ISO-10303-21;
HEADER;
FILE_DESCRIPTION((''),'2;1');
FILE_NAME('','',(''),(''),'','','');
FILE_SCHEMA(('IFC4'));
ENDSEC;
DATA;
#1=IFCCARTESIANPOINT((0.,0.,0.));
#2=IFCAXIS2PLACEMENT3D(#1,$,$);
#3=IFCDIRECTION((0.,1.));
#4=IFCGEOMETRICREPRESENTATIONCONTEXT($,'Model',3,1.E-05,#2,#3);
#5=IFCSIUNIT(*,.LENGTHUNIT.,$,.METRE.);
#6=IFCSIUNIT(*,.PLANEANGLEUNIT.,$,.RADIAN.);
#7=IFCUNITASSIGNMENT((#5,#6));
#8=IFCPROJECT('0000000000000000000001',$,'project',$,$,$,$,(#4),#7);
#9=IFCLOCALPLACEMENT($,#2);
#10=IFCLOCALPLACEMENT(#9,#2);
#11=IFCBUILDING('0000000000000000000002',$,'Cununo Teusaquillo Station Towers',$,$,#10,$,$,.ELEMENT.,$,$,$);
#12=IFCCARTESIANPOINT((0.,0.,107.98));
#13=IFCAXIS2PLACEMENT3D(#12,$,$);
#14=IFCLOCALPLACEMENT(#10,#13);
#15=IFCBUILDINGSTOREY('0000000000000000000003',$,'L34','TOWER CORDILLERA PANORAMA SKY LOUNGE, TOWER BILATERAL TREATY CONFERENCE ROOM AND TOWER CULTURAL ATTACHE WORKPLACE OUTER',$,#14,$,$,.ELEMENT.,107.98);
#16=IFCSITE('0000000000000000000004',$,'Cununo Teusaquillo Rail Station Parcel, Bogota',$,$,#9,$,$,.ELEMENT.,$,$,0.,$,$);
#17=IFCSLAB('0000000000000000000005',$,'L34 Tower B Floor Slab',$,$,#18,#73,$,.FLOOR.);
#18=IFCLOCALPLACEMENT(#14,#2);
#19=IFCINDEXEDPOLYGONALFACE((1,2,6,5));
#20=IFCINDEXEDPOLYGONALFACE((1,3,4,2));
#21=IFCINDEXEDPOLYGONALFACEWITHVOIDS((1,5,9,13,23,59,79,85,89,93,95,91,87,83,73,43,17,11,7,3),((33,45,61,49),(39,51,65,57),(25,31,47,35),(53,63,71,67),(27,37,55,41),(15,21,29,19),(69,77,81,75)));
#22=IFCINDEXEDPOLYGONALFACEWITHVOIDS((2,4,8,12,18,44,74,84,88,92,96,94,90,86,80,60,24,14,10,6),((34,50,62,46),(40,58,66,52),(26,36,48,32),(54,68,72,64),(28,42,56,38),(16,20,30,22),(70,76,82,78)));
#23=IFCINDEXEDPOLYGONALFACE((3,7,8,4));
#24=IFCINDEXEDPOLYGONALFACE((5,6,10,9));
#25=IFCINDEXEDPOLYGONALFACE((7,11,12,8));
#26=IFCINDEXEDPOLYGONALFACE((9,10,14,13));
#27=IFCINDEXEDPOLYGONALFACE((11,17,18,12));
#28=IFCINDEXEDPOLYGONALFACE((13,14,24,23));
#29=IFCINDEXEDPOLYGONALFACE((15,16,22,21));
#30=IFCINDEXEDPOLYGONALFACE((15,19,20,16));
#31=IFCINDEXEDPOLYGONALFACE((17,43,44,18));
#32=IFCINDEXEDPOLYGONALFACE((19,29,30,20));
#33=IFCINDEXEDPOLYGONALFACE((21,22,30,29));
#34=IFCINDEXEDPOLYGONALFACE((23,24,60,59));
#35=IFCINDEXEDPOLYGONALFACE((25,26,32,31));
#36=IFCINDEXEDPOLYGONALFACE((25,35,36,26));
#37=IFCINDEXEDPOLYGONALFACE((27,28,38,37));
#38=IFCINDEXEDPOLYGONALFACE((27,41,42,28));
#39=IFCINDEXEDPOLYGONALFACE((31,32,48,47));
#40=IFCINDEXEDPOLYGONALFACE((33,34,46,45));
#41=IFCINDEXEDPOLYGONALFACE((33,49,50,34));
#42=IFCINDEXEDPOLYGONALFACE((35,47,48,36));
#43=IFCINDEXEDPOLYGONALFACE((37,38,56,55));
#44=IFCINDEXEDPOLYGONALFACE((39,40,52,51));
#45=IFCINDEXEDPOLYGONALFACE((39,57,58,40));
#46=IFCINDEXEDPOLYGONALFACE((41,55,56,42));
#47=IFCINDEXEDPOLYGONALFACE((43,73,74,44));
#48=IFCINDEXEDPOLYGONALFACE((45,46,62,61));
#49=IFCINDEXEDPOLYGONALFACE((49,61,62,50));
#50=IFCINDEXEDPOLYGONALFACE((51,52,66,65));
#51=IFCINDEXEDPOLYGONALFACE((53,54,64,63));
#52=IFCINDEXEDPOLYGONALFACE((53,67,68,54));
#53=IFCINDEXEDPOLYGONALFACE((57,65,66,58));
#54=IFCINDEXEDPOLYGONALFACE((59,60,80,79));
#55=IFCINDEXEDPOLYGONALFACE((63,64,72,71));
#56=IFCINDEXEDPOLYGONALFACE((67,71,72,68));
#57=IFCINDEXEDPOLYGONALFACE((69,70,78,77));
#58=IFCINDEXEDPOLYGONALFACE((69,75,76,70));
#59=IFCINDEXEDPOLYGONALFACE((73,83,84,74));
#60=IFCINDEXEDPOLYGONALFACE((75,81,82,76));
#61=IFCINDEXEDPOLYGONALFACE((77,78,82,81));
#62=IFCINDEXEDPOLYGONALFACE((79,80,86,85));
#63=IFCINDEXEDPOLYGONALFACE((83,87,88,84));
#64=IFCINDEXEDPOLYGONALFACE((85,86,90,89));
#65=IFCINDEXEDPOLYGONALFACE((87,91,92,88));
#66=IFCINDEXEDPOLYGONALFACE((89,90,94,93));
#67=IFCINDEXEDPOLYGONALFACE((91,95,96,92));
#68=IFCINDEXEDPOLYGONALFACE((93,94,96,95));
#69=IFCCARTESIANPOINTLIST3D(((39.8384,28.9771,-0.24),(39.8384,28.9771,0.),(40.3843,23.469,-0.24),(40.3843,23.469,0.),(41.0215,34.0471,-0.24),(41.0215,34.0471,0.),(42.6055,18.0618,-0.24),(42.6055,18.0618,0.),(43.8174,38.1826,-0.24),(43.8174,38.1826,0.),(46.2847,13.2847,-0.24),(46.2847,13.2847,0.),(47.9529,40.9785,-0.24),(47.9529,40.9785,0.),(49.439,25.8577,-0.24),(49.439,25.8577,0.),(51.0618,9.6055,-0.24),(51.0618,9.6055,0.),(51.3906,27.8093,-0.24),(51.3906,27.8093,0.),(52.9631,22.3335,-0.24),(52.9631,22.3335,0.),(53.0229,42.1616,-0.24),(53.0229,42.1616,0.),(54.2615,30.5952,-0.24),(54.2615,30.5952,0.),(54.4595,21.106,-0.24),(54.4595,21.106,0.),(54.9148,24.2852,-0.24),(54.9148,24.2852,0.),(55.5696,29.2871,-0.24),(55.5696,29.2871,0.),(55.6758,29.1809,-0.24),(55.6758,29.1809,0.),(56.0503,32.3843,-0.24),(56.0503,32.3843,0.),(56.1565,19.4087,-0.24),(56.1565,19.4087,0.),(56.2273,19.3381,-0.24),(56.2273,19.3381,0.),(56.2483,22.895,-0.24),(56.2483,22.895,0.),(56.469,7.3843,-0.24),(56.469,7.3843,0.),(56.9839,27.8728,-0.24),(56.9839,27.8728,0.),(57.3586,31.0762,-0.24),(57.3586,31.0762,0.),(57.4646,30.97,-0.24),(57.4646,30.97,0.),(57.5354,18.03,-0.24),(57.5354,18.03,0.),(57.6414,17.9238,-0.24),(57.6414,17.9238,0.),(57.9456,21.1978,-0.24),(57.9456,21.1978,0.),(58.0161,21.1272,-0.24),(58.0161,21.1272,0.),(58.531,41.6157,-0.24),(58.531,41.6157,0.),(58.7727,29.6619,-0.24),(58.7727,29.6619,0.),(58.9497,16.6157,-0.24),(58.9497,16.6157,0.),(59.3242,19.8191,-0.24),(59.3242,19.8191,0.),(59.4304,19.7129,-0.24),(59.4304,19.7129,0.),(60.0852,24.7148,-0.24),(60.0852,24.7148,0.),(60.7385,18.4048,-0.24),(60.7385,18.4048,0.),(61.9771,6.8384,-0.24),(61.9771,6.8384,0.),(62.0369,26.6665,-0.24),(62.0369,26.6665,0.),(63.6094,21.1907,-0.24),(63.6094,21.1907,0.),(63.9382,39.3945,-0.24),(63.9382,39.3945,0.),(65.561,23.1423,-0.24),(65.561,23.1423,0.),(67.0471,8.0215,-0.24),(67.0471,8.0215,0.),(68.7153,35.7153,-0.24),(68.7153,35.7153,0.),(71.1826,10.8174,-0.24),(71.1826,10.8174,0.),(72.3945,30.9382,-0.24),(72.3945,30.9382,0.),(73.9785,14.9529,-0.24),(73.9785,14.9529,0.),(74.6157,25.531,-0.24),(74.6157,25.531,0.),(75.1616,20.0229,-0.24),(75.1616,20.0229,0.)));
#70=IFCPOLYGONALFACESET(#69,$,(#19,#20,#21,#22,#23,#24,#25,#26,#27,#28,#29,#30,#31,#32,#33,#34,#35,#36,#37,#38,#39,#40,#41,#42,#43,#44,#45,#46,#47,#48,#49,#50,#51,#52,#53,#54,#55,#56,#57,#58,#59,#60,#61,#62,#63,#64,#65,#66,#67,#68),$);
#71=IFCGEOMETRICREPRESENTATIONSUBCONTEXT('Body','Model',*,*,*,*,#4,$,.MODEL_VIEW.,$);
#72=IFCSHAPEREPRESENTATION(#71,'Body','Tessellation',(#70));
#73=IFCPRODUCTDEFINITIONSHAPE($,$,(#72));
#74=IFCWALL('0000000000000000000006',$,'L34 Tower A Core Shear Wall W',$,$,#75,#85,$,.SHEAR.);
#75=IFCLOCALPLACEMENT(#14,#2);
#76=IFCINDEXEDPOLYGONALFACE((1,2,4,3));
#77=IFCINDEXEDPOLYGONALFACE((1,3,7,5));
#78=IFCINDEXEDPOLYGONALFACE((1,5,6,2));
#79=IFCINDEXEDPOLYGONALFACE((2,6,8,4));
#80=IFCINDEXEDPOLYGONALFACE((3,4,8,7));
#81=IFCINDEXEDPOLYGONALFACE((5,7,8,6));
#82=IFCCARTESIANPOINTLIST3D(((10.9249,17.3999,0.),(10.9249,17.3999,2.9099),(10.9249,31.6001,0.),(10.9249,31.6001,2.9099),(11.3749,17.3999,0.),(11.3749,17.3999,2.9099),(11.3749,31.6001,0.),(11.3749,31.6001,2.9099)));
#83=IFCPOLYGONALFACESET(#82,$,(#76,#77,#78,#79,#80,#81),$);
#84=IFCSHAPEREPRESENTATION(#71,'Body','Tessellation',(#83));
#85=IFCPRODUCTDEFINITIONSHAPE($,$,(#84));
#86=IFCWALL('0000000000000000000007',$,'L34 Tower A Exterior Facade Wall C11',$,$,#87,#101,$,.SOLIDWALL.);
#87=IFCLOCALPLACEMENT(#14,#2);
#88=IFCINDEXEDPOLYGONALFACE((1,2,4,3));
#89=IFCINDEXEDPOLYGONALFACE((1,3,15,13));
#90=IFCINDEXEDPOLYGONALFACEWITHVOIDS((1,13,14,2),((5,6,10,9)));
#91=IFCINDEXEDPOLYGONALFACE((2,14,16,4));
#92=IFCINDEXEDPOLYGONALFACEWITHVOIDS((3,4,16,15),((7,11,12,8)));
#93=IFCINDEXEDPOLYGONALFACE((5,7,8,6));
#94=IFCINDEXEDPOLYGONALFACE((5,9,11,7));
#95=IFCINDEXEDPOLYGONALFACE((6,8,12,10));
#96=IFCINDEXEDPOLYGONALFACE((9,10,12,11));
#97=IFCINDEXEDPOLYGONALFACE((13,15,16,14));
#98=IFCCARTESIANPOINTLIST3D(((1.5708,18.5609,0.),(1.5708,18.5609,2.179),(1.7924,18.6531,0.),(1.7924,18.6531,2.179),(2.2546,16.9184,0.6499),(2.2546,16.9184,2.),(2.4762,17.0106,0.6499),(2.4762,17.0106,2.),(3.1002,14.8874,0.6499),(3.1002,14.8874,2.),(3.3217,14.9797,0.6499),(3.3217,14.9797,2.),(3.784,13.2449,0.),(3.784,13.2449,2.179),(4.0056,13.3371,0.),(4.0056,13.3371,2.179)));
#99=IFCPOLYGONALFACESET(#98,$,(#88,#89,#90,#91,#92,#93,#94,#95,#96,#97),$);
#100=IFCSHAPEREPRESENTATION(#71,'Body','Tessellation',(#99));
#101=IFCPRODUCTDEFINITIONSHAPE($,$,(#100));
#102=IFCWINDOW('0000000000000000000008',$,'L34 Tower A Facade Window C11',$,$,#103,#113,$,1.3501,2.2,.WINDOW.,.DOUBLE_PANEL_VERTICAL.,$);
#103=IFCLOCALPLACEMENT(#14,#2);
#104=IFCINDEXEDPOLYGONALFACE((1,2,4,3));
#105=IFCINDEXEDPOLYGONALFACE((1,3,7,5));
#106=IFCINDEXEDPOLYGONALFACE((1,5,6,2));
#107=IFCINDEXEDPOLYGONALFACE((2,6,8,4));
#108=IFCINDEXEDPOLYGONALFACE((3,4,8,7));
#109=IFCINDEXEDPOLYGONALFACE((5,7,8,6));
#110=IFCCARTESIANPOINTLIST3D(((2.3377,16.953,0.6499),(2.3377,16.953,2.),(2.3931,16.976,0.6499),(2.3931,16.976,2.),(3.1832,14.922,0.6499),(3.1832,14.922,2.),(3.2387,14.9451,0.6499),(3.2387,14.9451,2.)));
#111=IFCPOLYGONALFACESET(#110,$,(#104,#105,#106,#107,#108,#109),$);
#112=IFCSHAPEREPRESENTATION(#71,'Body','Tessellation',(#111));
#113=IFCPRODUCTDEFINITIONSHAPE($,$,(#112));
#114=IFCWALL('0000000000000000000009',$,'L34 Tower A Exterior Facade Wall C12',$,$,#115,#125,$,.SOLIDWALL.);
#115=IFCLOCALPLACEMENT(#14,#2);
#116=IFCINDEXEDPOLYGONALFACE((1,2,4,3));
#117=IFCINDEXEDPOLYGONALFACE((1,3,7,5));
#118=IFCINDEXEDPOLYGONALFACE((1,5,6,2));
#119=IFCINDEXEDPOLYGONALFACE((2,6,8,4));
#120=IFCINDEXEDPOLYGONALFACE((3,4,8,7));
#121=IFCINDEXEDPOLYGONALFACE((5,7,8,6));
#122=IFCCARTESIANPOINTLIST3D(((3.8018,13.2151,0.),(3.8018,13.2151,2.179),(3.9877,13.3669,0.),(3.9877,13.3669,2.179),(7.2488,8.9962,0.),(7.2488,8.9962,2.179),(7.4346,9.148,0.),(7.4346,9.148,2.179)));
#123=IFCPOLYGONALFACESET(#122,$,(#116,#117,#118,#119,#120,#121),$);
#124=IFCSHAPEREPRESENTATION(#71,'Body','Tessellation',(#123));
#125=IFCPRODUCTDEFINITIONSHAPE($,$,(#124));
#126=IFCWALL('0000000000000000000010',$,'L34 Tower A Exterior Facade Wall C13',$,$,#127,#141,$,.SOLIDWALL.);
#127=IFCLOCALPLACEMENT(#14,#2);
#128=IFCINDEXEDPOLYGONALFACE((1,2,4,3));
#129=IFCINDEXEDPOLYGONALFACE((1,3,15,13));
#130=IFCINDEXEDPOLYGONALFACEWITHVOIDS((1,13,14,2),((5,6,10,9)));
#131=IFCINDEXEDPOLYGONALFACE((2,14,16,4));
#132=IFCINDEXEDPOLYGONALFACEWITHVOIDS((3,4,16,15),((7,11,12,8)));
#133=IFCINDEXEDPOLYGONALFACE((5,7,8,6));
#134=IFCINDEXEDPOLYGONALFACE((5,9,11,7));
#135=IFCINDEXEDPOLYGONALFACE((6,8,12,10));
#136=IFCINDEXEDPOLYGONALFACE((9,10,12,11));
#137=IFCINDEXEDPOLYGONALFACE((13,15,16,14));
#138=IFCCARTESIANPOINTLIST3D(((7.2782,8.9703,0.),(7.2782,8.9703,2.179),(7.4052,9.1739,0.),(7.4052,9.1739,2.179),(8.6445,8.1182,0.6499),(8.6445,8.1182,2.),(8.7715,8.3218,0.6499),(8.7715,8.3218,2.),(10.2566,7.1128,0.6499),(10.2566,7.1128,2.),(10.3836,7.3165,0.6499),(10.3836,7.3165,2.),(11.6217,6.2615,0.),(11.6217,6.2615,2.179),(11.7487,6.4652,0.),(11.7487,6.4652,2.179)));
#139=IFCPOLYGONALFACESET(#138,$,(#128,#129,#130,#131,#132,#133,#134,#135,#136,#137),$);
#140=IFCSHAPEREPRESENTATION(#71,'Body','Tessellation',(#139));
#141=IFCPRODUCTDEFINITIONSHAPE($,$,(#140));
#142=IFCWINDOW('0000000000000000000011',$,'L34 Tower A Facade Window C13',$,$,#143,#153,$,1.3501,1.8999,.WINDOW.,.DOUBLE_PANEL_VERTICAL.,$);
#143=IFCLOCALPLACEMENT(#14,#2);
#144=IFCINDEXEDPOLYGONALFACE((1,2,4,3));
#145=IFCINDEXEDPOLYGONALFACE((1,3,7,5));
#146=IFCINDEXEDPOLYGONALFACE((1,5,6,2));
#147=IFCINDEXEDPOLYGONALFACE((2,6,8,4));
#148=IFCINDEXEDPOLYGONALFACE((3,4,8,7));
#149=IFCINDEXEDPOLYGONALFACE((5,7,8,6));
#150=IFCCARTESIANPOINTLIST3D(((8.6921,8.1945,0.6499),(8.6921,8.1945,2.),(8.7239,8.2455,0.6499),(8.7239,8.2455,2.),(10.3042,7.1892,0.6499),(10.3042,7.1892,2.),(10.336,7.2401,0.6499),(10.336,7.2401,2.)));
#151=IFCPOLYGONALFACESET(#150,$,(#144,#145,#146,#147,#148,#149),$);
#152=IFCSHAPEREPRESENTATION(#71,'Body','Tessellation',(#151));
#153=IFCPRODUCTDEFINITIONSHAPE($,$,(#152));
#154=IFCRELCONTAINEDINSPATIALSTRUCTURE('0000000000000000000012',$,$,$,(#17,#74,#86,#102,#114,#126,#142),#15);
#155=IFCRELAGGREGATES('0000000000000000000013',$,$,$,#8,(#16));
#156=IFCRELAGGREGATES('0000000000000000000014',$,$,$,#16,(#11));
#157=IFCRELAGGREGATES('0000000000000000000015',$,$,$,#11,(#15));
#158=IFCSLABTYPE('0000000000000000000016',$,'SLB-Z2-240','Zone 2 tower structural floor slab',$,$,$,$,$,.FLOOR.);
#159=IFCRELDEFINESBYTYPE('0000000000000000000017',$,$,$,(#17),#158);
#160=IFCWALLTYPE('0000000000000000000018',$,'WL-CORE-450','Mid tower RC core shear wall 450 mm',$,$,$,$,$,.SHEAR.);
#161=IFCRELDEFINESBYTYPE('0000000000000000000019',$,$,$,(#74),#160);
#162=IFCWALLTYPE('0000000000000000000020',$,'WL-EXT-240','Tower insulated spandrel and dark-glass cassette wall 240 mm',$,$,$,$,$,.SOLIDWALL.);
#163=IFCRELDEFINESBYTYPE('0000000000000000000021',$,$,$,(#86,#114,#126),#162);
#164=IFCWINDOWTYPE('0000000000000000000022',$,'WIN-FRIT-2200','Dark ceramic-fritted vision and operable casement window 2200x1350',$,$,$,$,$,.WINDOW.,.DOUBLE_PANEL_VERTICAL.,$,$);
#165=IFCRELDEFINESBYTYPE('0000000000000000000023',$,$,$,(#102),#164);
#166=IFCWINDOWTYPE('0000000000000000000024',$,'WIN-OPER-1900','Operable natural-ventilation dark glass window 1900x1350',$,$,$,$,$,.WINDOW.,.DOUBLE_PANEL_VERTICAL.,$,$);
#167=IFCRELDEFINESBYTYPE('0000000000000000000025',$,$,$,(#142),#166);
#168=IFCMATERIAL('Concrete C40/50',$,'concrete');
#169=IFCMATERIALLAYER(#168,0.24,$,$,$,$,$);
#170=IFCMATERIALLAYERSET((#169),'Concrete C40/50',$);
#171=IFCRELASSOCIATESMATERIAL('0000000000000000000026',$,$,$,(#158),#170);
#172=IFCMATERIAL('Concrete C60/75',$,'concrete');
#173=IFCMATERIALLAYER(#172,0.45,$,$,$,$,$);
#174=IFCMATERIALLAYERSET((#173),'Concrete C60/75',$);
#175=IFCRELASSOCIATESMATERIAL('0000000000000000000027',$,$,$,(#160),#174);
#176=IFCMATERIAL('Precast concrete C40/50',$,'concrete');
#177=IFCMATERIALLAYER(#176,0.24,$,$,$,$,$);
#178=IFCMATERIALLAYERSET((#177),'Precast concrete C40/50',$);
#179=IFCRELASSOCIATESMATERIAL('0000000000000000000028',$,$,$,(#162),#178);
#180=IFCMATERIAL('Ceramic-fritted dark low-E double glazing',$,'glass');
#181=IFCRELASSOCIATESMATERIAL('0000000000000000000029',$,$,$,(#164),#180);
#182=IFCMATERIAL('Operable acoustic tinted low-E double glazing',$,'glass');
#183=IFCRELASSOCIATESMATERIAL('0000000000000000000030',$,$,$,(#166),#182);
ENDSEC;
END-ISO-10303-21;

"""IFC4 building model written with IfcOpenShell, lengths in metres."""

from ifc_helpers import new_model, si_unit, direction, frame, frame_2d, origin, place, context, subcontext, project, spatial, polyline, rectangle, outline, extrude, source, transform, mapped, material, layer, layer_set, type_object, element, fill, save


model = new_model("IFC4")

# Units and contexts
model_context = context("Model", 3, precision=1e-05, world=origin(), true_north=direction((0.0, 1.0)))
body_context = subcontext(model_context, "Body", "Model", "MODEL_VIEW")
ifc_project = project(units=[si_unit("LENGTHUNIT", "METRE"), si_unit("PLANEANGLEUNIT", "RADIAN")], contexts=[model_context])

# Site, building, storey
site_placement = place(None, origin())
site = spatial("IfcSite", under=ifc_project, at=site_placement, Name="Cununo Teusaquillo Rail Station Parcel, Bogota", CompositionType="ELEMENT", RefElevation=0.0)
building_placement = place(site_placement, origin())
building = spatial("IfcBuilding", under=site, at=building_placement, Name="Cununo Teusaquillo Station Towers", CompositionType="ELEMENT")
storey_placement = place(building_placement, frame((0.0, 0.0, 107.98)))
storey = spatial("IfcBuildingStorey", under=building, at=storey_placement, Name="L34", Description="TOWER CORDILLERA PANORAMA SKY LOUNGE, TOWER BILATERAL TREATY CONFERENCE ROOM AND TOWER CULTURAL ATTACHE WORKPLACE OUTER", CompositionType="ELEMENT", Elevation=107.98)

# Slab
ifc_material_1 = material(Name="Concrete C40/50", Category="concrete")
ifc_layer_1 = layer(ifc_material_1, 0.24)
ifc_layer_set_1 = layer_set([ifc_layer_1], Name="Concrete C40/50")
slab_type_1 = type_object("IfcSlabType", Name="SLB-Z2-240", Description="Zone 2 tower structural floor slab", PredefinedType="FLOOR", material=ifc_layer_set_1)
slab_1_placement = place(storey_placement, frame((0.0, 0.0, -0.24)))
element("IfcSlab", 1, at=slab_1_placement, inside=storey, type_object=slab_type_1, Name="L34 Tower B Floor Slab", PredefinedType="FLOOR", context=body_context, shape_type="SweptSolid", body=[
    extrude(outline(polyline([(68.7153, 35.7153), (63.9382, 39.3945), (58.531, 41.6157), (53.0229, 42.1616), (47.9529, 40.9785), (43.8174, 38.1826), (41.0215, 34.0471), (39.8384, 28.9771), (40.3843, 23.469), (42.6055, 18.0618), (46.2847, 13.2847), (51.0618, 9.6055), (56.469, 7.3843), (61.9771, 6.8384), (67.0471, 8.0215), (71.1826, 10.8174), (73.9785, 14.9529), (75.1616, 20.0229), (74.6157, 25.531), (72.3945, 30.9382), (68.7153, 35.7153)]), holes=[polyline([(54.9148, 24.2852), (51.3906, 27.8093), (49.439, 25.8577), (52.9631, 22.3335), (54.9148, 24.2852)]), polyline([(60.0852, 24.7148), (63.6094, 21.1907), (65.561, 23.1423), (62.0369, 26.6665), (60.0852, 24.7148)]), polyline([(56.1565, 19.4087), (57.9456, 21.1978), (56.2483, 22.895), (54.4595, 21.106), (56.1565, 19.4087)]), polyline([(58.9497, 16.6157), (60.7385, 18.4048), (59.4304, 19.7129), (57.6414, 17.9238), (58.9497, 16.6157)]), polyline([(57.5354, 18.03), (59.3242, 19.8191), (58.0161, 21.1272), (56.2273, 19.3381), (57.5354, 18.03)]), polyline([(56.9839, 27.8728), (58.7727, 29.6619), (57.4646, 30.97), (55.6758, 29.1809), (56.9839, 27.8728)]), polyline([(55.5696, 29.2871), (57.3586, 31.0762), (56.0503, 32.3843), (54.2615, 30.5952), (55.5696, 29.2871)])]), origin(), (0.0, 0.0, 1.0), 0.24),
])

# Wall
ifc_material_2 = material(Name="Concrete C60/75", Category="concrete")
ifc_layer_2 = layer(ifc_material_2, 0.45)
ifc_layer_set_2 = layer_set([ifc_layer_2], Name="Concrete C60/75")
wall_type_1 = type_object("IfcWallType", Name="WL-CORE-450", Description="Mid tower RC core shear wall 450 mm", PredefinedType="SHEAR", material=ifc_layer_set_2)
wall_1_placement = place(storey_placement, frame((11.1499, 17.3999, 0.0), z_axis=(0.0, 0.0, 1.0), x_axis=(0.0, 1.0, 0.0)))
element("IfcWall", 2, at=wall_1_placement, inside=storey, type_object=wall_type_1, Name="L34 Tower A Core Shear Wall W", PredefinedType="SHEAR", context=body_context, shape_type="SweptSolid", body=[
    extrude(rectangle(XDim=14.2002, YDim=0.45, at=frame_2d((7.1001, 0.0))), origin(), (0.0, 0.0, 1.0), 2.9099),
])

# Wall, opening, window
ifc_material_3 = material(Name="Precast concrete C40/50", Category="concrete")
ifc_layer_3 = layer(ifc_material_3, 0.24)
ifc_layer_set_3 = layer_set([ifc_layer_3], Name="Precast concrete C40/50")
wall_type_2 = type_object("IfcWallType", Name="WL-EXT-240", Description="Tower insulated spandrel and dark-glass cassette wall 240 mm", PredefinedType="SOLIDWALL", material=ifc_layer_set_3)
wall_2_placement = place(storey_placement, frame((3.8948, 13.291, 0.0), z_axis=(0.0, 0.0, 1.0), x_axis=(-0.384344, 0.92319, 0.0)))
wall_2 = element("IfcWall", 3, at=wall_2_placement, inside=storey, type_object=wall_type_2, Name="L34 Tower A Exterior Facade Wall C11", PredefinedType="SOLIDWALL", context=body_context, shape_type="SweptSolid", body=[
    extrude(rectangle(XDim=5.7583, YDim=0.24, at=frame_2d((2.8792, 0.0))), origin(), (0.0, 0.0, 1.0), 2.179),
])
shared_shape_1 = source(origin(), body_context, "Body", "SweptSolid", [
    extrude(rectangle(XDim=2.2, YDim=1.3501, at=frame_2d((1.1001, 0.675))), frame((0.0, 0.1299, 0.0), z_axis=(0.0, -1.0, 0.0), x_axis=(1.0, 0.0, 0.0)), (0.0, 0.0, 1.0), 0.26),
])
opening_1_placement = place(wall_2_placement, frame((1.7791, 0.0, 0.6499)))
opening_1 = element("IfcOpeningElement", 4, at=opening_1_placement, cuts=wall_2, PredefinedType="OPENING", context=body_context, shape_type="MappedRepresentation", body=[
    mapped(shared_shape_1, transform((0.0, 0.0, 0.0), x_axis=(1.0, 0.0, 0.0), y_axis=(0.0, 1.0, 0.0), z_axis=(0.0, 0.0, 1.0), scale=1.0)),
])
ifc_material_4 = material(Name="Ceramic-fritted dark low-E double glazing", Category="glass")
window_type_1 = type_object("IfcWindowType", Name="WIN-FRIT-2200", Description="Dark ceramic-fritted vision and operable casement window 2200x1350", PartitioningType="DOUBLE_PANEL_VERTICAL", PredefinedType="WINDOW", material=ifc_material_4)
shared_shape_2 = source(origin(), body_context, "Body", "SweptSolid", [
    extrude(rectangle(XDim=2.2, YDim=1.3501, at=frame_2d((1.1001, 0.675))), frame((0.0, 0.03, 0.0), z_axis=(0.0, -1.0, 0.0), x_axis=(1.0, 0.0, 0.0)), (0.0, 0.0, 1.0), 0.0601),
])
window_1_placement = place(opening_1_placement, origin())
window_1 = element("IfcWindow", 5, at=window_1_placement, inside=storey, type_object=window_type_1, Name="L34 Tower A Facade Window C11", OverallHeight=1.3501, OverallWidth=2.2, PartitioningType="DOUBLE_PANEL_VERTICAL", PredefinedType="WINDOW", context=body_context, shape_type="MappedRepresentation", body=[
    mapped(shared_shape_2, transform((0.0, 0.0, 0.0), x_axis=(1.0, 0.0, 0.0), y_axis=(0.0, 1.0, 0.0), z_axis=(0.0, 0.0, 1.0), scale=1.0)),
])
fill(opening_1, window_1)

# Wall
wall_3_placement = place(storey_placement, frame((7.3418, 9.072, 0.0), z_axis=(0.0, 0.0, 1.0), x_axis=(-0.632701, 0.774396, 0.0)))
element("IfcWall", 6, at=wall_3_placement, inside=storey, type_object=wall_type_2, Name="L34 Tower A Exterior Facade Wall C12", PredefinedType="SOLIDWALL", context=body_context, shape_type="SweptSolid", body=[
    extrude(rectangle(XDim=5.448, YDim=0.24, at=frame_2d((2.7241, 0.0))), origin(), (0.0, 0.0, 1.0), 2.179),
])

# Wall, opening, window
wall_4_placement = place(storey_placement, frame((11.6853, 6.3633, 0.0), z_axis=(0.0, 0.0, 1.0), x_axis=(-0.84852, 0.529163, 0.0)))
wall_4 = element("IfcWall", 7, at=wall_4_placement, inside=storey, type_object=wall_type_2, Name="L34 Tower A Exterior Facade Wall C13", PredefinedType="SOLIDWALL", context=body_context, shape_type="SweptSolid", body=[
    extrude(rectangle(XDim=5.1189, YDim=0.24, at=frame_2d((2.5596, 0.0))), origin(), (0.0, 0.0, 1.0), 2.179),
])
shared_shape_3 = source(origin(), body_context, "Body", "SweptSolid", [
    extrude(rectangle(XDim=1.8999, YDim=1.3501, at=frame_2d((0.95, 0.675))), frame((0.0, 0.1299, 0.0), z_axis=(0.0, -1.0, 0.0), x_axis=(1.0, 0.0, 0.0)), (0.0, 0.0, 1.0), 0.26),
])
opening_2_placement = place(wall_4_placement, frame((1.6089, 0.0, 0.6499)))
opening_2 = element("IfcOpeningElement", 8, at=opening_2_placement, cuts=wall_4, PredefinedType="OPENING", context=body_context, shape_type="MappedRepresentation", body=[
    mapped(shared_shape_3, transform((0.0, 0.0, 0.0), x_axis=(1.0, 0.0, 0.0), y_axis=(0.0, 1.0, 0.0), z_axis=(0.0, 0.0, 1.0), scale=1.0)),
])
ifc_material_5 = material(Name="Operable acoustic tinted low-E double glazing", Category="glass")
window_type_2 = type_object("IfcWindowType", Name="WIN-OPER-1900", Description="Operable natural-ventilation dark glass window 1900x1350", PartitioningType="DOUBLE_PANEL_VERTICAL", PredefinedType="WINDOW", material=ifc_material_5)
shared_shape_4 = source(origin(), body_context, "Body", "SweptSolid", [
    extrude(rectangle(XDim=1.8999, YDim=1.3501, at=frame_2d((0.95, 0.675))), frame((0.0, 0.03, 0.0), z_axis=(0.0, -1.0, 0.0), x_axis=(1.0, 0.0, 0.0)), (0.0, 0.0, 1.0), 0.0601),
])
window_2_placement = place(opening_2_placement, origin())
window_2 = element("IfcWindow", 9, at=window_2_placement, inside=storey, type_object=window_type_2, Name="L34 Tower A Facade Window C13", OverallHeight=1.3501, OverallWidth=1.8999, PartitioningType="DOUBLE_PANEL_VERTICAL", PredefinedType="WINDOW", context=body_context, shape_type="MappedRepresentation", body=[
    mapped(shared_shape_4, transform((0.0, 0.0, 0.0), x_axis=(1.0, 0.0, 0.0), y_axis=(0.0, 1.0, 0.0), z_axis=(0.0, 0.0, 1.0), scale=1.0)),
])
fill(opening_2, window_2)

save(model, "model.ifc")
